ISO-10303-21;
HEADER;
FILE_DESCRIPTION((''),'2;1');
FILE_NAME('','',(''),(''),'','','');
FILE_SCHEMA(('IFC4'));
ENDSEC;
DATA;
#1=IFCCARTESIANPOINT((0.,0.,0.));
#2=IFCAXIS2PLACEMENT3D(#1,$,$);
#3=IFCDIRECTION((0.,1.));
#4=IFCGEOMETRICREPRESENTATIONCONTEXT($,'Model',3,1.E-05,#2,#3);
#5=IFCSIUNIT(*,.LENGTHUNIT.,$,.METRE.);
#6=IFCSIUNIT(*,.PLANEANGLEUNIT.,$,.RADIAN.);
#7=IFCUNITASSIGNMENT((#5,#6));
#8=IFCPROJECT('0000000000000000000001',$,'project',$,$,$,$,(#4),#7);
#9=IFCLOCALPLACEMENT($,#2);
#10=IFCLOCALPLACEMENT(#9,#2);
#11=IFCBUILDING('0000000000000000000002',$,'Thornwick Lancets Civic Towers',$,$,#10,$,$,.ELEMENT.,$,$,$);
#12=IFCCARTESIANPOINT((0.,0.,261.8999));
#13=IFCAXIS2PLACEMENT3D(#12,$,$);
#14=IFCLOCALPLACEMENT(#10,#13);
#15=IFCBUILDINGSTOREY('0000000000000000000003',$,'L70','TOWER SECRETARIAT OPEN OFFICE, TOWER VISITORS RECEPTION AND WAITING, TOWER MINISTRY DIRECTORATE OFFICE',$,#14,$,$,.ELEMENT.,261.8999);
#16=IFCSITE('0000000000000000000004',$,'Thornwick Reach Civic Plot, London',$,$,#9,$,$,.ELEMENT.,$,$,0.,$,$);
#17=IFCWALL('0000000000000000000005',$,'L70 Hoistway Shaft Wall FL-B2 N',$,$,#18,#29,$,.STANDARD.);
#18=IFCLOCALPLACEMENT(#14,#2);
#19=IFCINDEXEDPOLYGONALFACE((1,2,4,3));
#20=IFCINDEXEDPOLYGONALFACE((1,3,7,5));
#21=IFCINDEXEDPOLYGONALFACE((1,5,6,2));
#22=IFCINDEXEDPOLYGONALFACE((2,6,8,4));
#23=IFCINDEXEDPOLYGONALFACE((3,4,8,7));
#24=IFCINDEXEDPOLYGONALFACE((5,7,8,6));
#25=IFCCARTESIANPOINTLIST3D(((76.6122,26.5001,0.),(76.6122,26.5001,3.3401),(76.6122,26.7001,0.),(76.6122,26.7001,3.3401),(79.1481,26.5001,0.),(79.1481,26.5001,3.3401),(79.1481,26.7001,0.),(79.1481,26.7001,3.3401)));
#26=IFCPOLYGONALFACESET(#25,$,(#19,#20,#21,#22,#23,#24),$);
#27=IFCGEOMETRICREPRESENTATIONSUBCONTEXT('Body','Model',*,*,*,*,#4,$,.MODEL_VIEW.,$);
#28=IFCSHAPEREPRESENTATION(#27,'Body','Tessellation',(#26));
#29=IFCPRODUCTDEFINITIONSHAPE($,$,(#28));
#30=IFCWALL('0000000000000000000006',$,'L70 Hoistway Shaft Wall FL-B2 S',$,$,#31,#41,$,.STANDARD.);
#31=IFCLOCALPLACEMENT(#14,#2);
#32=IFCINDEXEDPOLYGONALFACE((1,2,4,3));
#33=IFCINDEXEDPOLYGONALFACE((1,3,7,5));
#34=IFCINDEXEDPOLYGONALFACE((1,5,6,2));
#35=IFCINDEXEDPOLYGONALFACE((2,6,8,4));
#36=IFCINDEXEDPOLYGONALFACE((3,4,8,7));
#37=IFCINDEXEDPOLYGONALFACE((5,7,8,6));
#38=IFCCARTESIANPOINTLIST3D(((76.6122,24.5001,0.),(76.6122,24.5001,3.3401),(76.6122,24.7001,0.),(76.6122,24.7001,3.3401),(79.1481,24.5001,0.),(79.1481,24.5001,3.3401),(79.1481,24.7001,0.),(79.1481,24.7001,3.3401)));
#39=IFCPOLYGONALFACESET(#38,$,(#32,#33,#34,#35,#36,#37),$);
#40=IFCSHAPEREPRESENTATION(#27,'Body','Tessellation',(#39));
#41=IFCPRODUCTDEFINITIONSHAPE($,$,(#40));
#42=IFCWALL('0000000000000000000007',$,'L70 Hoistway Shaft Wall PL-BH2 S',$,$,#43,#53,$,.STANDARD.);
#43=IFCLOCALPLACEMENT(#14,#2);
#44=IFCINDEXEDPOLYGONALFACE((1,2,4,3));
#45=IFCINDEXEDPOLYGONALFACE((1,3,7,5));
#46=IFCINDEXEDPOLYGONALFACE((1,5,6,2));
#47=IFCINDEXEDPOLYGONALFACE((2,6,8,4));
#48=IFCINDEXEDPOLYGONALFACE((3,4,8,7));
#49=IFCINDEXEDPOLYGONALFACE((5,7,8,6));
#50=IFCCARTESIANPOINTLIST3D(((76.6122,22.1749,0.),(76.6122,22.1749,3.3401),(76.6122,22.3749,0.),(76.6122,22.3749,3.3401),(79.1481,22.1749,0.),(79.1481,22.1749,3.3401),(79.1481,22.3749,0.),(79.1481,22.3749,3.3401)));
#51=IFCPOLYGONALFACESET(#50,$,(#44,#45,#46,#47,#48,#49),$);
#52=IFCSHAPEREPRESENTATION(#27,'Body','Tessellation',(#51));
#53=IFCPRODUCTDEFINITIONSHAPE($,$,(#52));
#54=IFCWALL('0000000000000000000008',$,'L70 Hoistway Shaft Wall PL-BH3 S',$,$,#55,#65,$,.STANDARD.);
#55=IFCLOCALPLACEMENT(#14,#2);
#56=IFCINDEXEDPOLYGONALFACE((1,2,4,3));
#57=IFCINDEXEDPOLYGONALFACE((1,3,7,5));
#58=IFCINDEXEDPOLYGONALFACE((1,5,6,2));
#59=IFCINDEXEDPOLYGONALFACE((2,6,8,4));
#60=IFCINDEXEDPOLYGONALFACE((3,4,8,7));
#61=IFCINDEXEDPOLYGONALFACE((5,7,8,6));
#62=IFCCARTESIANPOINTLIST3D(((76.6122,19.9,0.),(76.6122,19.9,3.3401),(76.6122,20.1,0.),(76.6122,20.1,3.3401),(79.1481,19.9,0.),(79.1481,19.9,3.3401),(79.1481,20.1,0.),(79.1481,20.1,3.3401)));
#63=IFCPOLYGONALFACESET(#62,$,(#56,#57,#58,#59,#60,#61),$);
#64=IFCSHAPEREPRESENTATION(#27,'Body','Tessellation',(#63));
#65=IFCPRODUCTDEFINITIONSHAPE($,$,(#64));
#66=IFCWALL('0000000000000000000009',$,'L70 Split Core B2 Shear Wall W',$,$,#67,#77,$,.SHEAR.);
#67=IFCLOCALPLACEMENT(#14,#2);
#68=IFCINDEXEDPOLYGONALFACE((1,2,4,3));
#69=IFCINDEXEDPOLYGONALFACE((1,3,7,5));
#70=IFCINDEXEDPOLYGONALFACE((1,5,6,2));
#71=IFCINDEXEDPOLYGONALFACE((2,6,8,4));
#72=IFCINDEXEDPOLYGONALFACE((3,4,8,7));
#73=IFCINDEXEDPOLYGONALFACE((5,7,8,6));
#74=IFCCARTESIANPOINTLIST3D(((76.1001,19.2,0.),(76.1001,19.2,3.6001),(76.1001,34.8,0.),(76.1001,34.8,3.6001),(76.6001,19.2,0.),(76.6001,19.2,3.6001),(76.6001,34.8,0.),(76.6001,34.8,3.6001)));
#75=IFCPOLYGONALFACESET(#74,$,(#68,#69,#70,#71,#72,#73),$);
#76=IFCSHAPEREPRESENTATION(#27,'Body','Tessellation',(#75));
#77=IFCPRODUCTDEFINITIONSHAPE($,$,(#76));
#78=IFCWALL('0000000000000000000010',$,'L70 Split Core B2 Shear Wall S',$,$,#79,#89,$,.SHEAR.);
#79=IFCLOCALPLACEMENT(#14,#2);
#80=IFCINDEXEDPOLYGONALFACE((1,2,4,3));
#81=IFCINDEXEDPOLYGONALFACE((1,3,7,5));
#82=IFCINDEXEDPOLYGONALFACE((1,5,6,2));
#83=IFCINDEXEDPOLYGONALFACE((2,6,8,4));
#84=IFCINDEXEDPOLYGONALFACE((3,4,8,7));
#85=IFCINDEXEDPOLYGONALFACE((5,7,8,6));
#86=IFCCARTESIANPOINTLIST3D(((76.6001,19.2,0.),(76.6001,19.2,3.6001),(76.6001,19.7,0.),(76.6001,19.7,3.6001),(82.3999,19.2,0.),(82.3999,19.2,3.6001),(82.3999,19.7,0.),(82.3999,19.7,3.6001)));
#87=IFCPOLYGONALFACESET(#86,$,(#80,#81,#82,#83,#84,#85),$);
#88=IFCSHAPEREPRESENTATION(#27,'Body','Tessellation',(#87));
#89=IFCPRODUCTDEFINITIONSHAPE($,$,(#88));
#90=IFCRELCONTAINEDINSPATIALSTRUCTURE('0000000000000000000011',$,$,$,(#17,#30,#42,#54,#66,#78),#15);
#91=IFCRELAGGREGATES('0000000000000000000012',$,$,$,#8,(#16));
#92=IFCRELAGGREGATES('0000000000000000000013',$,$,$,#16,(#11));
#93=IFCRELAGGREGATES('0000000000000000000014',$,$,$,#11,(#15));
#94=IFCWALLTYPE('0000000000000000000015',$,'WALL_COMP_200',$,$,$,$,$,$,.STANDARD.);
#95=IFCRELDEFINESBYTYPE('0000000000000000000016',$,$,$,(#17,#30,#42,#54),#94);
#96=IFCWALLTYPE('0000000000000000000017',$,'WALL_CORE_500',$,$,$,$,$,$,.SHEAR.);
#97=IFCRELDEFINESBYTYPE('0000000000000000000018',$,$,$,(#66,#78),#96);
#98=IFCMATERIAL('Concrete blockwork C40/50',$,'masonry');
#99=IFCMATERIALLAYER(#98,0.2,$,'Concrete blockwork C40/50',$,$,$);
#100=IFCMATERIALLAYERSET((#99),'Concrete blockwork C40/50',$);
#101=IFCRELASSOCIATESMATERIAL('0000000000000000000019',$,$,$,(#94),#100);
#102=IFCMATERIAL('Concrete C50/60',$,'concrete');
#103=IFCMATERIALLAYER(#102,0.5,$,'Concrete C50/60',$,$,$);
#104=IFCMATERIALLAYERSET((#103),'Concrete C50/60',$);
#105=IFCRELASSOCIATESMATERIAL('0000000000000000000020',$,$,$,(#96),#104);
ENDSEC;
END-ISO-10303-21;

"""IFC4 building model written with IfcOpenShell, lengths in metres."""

from ifc_helpers import new_model, si_unit, direction, frame, frame_2d, origin, place, context, subcontext, project, spatial, rectangle, extrude, material, layer, layer_set, type_object, element, save


model = new_model("IFC4")

# Units and contexts
model_context = context("Model", 3, precision=1e-05, world=origin(), true_north=direction((0.0, 1.0)))
body_context = subcontext(model_context, "Body", "Model", "MODEL_VIEW")
ifc_project = project(units=[si_unit("LENGTHUNIT", "METRE"), si_unit("PLANEANGLEUNIT", "RADIAN")], contexts=[model_context])

# Site, building, storey
site_placement = place(None, origin())
site = spatial("IfcSite", under=ifc_project, at=site_placement, Name="Thornwick Reach Civic Plot, London", CompositionType="ELEMENT", RefElevation=0.0)
building_placement = place(site_placement, origin())
building = spatial("IfcBuilding", under=site, at=building_placement, Name="Thornwick Lancets Civic Towers", CompositionType="ELEMENT")
storey_placement = place(building_placement, frame((0.0, 0.0, 261.8999)))
storey = spatial("IfcBuildingStorey", under=building, at=storey_placement, Name="L70", Description="TOWER SECRETARIAT OPEN OFFICE, TOWER VISITORS RECEPTION AND WAITING, TOWER MINISTRY DIRECTORATE OFFICE", CompositionType="ELEMENT", Elevation=261.8999)

# Shared definitions
ifc_material_1 = material(Name="Concrete C50/60", Category="concrete")

# Shared definitions
ifc_material_2 = material(Name="Concrete blockwork C40/50", Category="masonry")
ifc_layer_1 = layer(ifc_material_2, 0.2, Name="Concrete blockwork C40/50")
ifc_layer_set_1 = layer_set([ifc_layer_1], Name="Concrete blockwork C40/50")
wall_type_1 = type_object("IfcWallType", Name="WALL_COMP_200", PredefinedType="STANDARD", material=ifc_layer_set_1)

# Walls
for number, where, z_axis, x_axis, name in (
    (1, (76.6121, 26.6001, 0.0), (0.0, 0.0, 1.0), (1.0, 0.0, 0.0), "L70 Hoistway Shaft Wall FL-B2 N"),
    (2, (76.6121, 24.6001, 0.0), (0.0, 0.0, 1.0), (1.0, 0.0, 0.0), "L70 Hoistway Shaft Wall FL-B2 S"),
    (3, (76.6121, 22.2749, 0.0), (0.0, 0.0, 1.0), (1.0, 0.0, 0.0), "L70 Hoistway Shaft Wall PL-BH2 S"),
    (4, (76.6121, 20.0, 0.0), (0.0, 0.0, 1.0), (1.0, 0.0, 0.0), "L70 Hoistway Shaft Wall PL-BH3 S"),
):
    element("IfcWall", number, at=place(storey_placement, frame(where, z_axis=z_axis, x_axis=x_axis)), inside=storey, type_object=wall_type_1, Name=name, PredefinedType="STANDARD", context=body_context, shape_type="SweptSolid", body=[
        extrude(rectangle(XDim=2.5359, YDim=0.2, at=frame_2d((1.2681, 0.0))), origin(), (0.0, 0.0, 1.0), 3.3401),
    ])
ifc_layer_2 = layer(ifc_material_1, 0.5, Name="Concrete C50/60")
ifc_layer_set_2 = layer_set([ifc_layer_2], Name="Concrete C50/60")
wall_type_2 = type_object("IfcWallType", Name="WALL_CORE_500", PredefinedType="SHEAR", material=ifc_layer_set_2)
wall_1_placement = place(storey_placement, frame((76.3501, 19.2, 0.0), z_axis=(0.0, 0.0, 1.0), x_axis=(0.0, 1.0, 0.0)))
element("IfcWall", 5, at=wall_1_placement, inside=storey, type_object=wall_type_2, Name="L70 Split Core B2 Shear Wall W", PredefinedType="SHEAR", context=body_context, shape_type="SweptSolid", body=[
    extrude(rectangle(XDim=15.6001, YDim=0.5, at=frame_2d((7.8, 0.0))), origin(), (0.0, 0.0, 1.0), 3.6001),
])
wall_2_placement = place(storey_placement, frame((76.6001, 19.45, 0.0), z_axis=(0.0, 0.0, 1.0), x_axis=(1.0, 0.0, 0.0)))
element("IfcWall", 6, at=wall_2_placement, inside=storey, type_object=wall_type_2, Name="L70 Split Core B2 Shear Wall S", PredefinedType="SHEAR", context=body_context, shape_type="SweptSolid", body=[
    extrude(rectangle(XDim=5.7998, YDim=0.5, at=frame_2d((2.8999, 0.0))), origin(), (0.0, 0.0, 1.0), 3.6001),
])

save(model, "model.ifc")
